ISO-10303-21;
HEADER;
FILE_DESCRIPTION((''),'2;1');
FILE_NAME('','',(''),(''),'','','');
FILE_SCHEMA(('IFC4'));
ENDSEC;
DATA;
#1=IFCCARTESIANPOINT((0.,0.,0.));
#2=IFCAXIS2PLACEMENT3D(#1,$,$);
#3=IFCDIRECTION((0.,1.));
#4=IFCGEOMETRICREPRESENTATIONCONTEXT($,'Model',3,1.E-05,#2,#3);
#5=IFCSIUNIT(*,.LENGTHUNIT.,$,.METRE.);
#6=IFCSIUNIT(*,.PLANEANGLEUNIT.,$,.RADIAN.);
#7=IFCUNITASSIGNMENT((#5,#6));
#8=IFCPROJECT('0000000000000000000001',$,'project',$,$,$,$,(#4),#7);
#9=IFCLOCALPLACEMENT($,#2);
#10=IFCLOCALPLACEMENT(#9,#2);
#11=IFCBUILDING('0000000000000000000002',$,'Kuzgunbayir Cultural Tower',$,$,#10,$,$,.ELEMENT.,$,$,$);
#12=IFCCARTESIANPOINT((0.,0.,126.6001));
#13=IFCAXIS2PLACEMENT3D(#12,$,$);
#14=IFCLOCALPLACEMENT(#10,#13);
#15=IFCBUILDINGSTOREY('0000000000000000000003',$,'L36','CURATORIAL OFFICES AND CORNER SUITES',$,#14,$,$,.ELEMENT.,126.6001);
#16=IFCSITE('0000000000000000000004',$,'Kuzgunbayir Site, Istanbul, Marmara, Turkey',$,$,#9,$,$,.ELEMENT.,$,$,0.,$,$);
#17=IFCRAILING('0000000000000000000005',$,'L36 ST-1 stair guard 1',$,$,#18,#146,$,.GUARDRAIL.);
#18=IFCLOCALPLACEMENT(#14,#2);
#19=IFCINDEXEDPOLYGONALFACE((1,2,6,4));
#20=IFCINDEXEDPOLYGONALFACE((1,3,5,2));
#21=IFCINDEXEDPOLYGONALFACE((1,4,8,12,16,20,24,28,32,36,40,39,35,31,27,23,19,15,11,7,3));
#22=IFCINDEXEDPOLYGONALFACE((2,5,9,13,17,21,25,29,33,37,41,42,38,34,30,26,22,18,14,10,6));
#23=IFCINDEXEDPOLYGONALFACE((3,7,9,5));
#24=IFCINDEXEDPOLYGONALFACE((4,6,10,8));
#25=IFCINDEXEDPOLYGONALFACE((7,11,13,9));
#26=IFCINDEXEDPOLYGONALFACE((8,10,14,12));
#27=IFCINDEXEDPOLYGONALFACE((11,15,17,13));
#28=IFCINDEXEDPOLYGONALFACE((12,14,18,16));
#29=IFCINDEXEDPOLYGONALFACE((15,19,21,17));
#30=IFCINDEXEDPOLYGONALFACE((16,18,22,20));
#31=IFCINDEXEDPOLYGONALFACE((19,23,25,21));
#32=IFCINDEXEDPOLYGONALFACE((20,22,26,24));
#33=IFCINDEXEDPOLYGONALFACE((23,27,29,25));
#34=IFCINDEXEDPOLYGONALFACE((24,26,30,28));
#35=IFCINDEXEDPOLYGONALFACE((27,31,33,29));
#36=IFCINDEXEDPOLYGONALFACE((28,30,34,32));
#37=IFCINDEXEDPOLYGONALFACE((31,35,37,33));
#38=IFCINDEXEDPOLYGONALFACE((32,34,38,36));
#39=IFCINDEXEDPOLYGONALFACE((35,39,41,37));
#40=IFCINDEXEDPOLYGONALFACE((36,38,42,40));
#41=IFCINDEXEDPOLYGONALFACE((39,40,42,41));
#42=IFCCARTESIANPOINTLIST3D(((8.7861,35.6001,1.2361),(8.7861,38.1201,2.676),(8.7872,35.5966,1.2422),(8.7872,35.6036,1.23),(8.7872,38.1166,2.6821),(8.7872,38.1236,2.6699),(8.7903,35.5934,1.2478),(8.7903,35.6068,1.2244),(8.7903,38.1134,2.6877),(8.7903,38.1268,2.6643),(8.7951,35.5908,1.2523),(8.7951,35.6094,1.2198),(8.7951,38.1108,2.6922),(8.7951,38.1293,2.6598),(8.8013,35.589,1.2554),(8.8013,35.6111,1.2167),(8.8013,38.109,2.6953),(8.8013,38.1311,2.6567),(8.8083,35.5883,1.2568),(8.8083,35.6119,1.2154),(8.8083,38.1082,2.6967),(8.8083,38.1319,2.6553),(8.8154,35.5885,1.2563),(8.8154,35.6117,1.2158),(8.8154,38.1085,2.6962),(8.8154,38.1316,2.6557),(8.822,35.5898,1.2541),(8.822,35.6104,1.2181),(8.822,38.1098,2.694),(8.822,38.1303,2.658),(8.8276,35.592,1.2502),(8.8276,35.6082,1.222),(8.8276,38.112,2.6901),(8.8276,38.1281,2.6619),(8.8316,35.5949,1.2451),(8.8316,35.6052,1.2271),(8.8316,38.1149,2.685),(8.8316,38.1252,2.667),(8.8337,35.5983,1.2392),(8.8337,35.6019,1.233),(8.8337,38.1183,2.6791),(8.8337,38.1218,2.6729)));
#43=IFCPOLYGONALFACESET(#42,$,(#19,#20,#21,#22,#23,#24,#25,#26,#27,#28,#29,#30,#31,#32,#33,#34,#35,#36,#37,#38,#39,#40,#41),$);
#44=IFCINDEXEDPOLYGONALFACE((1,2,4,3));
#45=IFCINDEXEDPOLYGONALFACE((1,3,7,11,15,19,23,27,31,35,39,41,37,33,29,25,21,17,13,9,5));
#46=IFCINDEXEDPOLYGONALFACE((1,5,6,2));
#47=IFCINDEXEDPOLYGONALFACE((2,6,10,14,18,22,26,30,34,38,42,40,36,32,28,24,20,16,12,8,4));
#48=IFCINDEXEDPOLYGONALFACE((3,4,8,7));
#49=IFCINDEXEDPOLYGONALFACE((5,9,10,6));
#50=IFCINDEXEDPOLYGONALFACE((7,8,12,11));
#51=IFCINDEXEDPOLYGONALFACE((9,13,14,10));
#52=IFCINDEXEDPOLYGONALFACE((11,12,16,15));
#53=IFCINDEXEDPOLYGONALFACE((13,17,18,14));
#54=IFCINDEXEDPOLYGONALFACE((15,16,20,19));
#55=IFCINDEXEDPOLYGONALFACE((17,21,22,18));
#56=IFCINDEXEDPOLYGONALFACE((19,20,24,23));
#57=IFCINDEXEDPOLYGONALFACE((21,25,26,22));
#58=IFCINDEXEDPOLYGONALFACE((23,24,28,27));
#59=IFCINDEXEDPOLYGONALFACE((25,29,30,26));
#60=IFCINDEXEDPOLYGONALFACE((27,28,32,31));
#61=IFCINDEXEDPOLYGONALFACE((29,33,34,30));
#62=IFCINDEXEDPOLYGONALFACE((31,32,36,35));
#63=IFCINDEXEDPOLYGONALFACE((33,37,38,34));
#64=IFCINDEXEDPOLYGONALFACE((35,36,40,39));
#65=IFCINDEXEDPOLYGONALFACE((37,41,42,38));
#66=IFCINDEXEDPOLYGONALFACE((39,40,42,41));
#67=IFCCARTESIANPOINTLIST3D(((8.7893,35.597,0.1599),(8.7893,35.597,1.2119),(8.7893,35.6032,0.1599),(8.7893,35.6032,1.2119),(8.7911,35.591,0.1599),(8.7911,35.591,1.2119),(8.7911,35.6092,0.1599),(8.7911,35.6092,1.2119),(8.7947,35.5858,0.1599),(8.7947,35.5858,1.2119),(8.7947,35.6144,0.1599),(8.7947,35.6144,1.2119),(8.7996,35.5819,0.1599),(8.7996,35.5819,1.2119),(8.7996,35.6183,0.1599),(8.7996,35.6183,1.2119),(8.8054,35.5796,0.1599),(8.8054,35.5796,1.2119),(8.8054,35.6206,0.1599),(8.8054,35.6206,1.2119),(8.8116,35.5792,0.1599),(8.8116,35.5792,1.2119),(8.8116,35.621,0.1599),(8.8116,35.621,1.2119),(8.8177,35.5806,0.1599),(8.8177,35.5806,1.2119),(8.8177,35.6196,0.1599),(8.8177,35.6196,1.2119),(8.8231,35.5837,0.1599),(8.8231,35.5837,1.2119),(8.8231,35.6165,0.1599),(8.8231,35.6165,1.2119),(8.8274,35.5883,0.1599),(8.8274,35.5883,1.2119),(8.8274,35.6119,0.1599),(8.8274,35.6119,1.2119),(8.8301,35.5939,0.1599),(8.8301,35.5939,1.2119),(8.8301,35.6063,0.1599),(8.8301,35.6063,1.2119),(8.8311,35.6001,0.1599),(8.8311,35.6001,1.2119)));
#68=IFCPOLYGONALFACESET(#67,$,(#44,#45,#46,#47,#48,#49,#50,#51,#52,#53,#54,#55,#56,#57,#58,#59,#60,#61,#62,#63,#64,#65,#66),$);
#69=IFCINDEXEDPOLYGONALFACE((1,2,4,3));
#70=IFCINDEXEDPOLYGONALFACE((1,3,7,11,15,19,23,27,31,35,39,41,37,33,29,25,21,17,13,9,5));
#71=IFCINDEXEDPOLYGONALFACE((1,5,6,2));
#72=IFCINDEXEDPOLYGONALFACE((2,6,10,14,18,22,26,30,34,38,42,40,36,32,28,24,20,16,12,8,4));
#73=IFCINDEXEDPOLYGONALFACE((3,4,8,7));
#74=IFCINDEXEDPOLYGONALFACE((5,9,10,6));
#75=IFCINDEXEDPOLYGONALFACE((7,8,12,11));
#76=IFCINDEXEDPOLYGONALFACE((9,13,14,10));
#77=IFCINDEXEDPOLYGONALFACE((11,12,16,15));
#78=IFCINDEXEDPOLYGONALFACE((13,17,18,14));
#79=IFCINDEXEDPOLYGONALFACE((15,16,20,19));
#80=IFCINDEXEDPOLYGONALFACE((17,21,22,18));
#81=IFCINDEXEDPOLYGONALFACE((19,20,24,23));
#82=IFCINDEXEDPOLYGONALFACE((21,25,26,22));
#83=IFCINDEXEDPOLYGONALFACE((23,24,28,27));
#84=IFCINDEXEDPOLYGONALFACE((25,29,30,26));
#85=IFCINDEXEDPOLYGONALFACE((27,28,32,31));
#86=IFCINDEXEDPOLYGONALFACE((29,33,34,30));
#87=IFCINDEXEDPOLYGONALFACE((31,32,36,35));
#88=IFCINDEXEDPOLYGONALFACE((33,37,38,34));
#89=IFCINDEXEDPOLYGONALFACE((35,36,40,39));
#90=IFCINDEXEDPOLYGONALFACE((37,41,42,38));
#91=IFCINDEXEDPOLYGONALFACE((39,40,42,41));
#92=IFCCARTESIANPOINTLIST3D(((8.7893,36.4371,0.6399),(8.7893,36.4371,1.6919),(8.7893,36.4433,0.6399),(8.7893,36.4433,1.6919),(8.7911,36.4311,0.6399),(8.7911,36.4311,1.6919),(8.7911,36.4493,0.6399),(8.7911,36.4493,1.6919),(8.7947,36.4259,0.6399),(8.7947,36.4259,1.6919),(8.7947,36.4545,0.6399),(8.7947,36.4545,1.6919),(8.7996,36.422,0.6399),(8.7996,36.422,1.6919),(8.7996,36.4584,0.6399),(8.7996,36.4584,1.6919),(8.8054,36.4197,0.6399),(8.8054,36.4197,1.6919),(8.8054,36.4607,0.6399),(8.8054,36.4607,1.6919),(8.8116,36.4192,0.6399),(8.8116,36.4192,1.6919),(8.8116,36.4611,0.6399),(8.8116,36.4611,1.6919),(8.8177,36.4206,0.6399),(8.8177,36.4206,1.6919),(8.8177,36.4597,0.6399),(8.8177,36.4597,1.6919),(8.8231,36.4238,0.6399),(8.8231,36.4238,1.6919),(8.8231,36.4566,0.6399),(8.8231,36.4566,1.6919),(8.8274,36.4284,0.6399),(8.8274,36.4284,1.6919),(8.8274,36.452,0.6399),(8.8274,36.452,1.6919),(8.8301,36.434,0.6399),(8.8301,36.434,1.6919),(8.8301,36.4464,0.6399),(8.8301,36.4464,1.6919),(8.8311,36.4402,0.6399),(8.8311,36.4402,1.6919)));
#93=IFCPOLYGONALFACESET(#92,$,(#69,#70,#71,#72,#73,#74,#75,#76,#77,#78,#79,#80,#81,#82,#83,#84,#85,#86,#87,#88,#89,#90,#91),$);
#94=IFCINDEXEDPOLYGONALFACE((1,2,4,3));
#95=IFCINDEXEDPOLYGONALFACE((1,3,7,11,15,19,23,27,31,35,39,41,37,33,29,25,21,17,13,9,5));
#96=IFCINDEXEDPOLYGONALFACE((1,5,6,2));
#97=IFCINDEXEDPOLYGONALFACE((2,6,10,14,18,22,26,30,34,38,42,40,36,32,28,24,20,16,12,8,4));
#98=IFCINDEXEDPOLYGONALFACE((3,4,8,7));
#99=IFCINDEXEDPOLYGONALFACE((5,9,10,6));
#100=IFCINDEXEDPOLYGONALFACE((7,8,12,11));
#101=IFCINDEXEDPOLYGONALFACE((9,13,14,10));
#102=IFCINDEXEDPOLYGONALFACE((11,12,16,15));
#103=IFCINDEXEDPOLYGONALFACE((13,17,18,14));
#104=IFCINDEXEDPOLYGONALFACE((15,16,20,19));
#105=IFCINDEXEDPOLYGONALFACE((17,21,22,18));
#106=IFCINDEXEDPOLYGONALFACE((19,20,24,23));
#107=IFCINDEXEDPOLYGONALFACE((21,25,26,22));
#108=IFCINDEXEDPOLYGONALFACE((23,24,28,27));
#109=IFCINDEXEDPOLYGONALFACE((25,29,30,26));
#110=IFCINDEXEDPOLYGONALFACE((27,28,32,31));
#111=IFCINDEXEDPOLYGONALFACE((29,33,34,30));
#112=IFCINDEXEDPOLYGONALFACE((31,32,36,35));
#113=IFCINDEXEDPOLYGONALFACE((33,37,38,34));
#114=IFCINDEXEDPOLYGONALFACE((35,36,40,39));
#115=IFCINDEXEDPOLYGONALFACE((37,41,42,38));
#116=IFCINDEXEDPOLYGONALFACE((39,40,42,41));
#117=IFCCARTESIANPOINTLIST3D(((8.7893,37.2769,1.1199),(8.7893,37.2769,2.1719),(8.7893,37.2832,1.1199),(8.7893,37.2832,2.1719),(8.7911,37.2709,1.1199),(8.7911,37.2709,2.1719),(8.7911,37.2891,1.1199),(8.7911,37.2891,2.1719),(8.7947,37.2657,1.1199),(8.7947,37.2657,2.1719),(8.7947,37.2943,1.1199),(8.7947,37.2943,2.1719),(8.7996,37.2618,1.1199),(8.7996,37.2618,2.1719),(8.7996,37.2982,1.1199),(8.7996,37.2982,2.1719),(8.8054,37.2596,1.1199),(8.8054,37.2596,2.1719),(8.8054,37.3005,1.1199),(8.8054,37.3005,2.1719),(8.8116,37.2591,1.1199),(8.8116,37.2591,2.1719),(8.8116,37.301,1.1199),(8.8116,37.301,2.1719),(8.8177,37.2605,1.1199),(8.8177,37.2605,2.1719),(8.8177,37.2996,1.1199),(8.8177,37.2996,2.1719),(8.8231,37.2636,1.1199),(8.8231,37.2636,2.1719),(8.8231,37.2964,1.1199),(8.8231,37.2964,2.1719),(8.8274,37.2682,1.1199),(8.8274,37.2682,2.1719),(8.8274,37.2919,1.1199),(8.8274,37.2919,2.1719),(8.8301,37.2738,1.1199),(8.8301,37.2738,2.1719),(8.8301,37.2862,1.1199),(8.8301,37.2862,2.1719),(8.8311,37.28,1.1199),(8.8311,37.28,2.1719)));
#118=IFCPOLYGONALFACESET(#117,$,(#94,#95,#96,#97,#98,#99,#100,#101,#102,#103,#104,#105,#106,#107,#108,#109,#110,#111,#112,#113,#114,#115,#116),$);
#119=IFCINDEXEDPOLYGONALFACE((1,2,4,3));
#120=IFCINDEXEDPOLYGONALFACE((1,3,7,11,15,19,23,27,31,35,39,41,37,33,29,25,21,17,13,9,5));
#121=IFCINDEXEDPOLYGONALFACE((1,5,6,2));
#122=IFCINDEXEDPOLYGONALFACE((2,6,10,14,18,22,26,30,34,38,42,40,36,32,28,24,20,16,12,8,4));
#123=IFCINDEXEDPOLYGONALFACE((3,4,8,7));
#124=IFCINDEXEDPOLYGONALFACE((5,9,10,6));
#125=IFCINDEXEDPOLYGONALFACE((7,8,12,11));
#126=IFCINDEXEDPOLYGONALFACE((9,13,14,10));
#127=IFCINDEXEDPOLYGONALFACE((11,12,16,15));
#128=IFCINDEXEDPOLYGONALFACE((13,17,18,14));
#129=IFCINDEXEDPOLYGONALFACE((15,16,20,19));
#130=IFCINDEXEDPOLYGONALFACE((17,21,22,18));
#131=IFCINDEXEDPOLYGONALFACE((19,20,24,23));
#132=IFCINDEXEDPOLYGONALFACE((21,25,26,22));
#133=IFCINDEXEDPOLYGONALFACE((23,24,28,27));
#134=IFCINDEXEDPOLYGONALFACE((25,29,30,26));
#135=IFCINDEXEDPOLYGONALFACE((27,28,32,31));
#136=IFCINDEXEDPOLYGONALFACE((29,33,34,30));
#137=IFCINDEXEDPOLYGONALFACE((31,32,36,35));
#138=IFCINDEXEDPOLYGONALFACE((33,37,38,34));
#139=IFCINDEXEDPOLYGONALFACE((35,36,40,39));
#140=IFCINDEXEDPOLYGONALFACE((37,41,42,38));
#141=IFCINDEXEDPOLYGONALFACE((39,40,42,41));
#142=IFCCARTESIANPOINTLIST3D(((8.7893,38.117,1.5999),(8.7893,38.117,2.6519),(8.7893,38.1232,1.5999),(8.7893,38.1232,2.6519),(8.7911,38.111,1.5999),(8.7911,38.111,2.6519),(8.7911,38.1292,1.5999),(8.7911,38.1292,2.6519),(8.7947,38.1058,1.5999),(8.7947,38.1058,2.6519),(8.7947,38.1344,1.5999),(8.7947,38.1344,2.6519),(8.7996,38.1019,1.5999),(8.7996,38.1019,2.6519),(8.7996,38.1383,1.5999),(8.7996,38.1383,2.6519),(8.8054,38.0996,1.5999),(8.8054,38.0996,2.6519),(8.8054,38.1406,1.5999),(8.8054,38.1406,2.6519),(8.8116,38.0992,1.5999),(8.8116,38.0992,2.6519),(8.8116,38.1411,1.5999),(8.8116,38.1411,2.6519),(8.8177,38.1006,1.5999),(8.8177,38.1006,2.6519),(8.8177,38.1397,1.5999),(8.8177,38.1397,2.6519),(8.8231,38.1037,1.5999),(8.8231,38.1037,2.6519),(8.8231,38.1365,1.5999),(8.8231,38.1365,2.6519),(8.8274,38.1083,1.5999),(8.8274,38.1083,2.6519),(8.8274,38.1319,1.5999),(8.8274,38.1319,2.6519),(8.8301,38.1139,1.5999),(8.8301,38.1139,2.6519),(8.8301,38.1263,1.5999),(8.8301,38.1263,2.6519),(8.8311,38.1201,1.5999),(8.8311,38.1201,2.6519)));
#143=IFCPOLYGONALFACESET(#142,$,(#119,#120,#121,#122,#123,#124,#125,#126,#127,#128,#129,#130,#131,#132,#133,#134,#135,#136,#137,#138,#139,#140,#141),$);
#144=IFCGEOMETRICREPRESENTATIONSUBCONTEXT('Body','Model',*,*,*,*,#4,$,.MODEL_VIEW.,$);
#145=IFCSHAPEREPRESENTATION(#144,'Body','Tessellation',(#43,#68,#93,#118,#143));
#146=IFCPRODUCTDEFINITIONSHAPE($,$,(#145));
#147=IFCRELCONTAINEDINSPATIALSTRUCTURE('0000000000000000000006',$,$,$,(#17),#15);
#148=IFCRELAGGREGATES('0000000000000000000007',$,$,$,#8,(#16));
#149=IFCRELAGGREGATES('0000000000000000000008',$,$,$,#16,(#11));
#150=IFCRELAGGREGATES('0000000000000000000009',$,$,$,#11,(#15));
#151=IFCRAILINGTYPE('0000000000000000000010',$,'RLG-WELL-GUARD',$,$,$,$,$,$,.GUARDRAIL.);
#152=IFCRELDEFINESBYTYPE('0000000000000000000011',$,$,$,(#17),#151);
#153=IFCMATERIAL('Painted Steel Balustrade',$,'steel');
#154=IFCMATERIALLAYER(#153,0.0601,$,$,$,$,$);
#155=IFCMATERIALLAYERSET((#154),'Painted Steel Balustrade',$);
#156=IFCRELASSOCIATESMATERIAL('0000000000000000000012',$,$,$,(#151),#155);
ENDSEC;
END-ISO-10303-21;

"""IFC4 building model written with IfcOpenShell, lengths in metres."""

from ifc_helpers import new_model, si_unit, direction, frame, origin, origin_2d, place, context, subcontext, project, spatial, circle, extrude, material, layer, layer_set, type_object, element, save


model = new_model("IFC4")

# Units and contexts
model_context = context("Model", 3, precision=1e-05, world=origin(), true_north=direction((0.0, 1.0)))
body_context = subcontext(model_context, "Body", "Model", "MODEL_VIEW")
ifc_project = project(units=[si_unit("LENGTHUNIT", "METRE"), si_unit("PLANEANGLEUNIT", "RADIAN")], contexts=[model_context])

# Site, building, storey
site_placement = place(None, origin())
site = spatial("IfcSite", under=ifc_project, at=site_placement, Name="Kuzgunbayir Site, Istanbul, Marmara, Turkey", CompositionType="ELEMENT", RefElevation=0.0)
building_placement = place(site_placement, origin())
building = spatial("IfcBuilding", under=site, at=building_placement, Name="Kuzgunbayir Cultural Tower", CompositionType="ELEMENT")
storey_placement = place(building_placement, frame((0.0, 0.0, 126.6001)))
storey = spatial("IfcBuildingStorey", under=building, at=storey_placement, Name="L36", Description="CURATORIAL OFFICES AND CORNER SUITES", CompositionType="ELEMENT", Elevation=126.6001)

# Railing
ifc_material_1 = material(Name="Painted Steel Balustrade", Category="steel")
ifc_layer_1 = layer(ifc_material_1, 0.0601)
ifc_layer_set_1 = layer_set([ifc_layer_1], Name="Painted Steel Balustrade")
railing_type_1 = type_object("IfcRailingType", Name="RLG-WELL-GUARD", PredefinedType="GUARDRAIL", material=ifc_layer_set_1)
railing_1_placement = place(storey_placement, frame((8.8101, 35.6001, 0.1599)))
element("IfcRailing", 1, at=railing_1_placement, inside=storey, type_object=railing_type_1, Name="L36 ST-1 stair guard 1", PredefinedType="GUARDRAIL", context=body_context, shape_type="SweptSolid", body=[
    extrude(circle(Radius=0.0239, at=origin_2d()), frame((0.0, 0.0, 1.0762), z_axis=(0.0, 0.868253, 0.496121), x_axis=(-1.0, 0.0, 0.0)), (0.0, 0.0, 1.0), 2.9023),
    extrude(circle(Radius=0.021, at=origin_2d()), origin(), (0.0, 0.0, 1.0), 1.052),
    extrude(circle(Radius=0.021, at=origin_2d()), frame((0.0, 0.8401, 0.48)), (0.0, 0.0, 1.0), 1.052),
    extrude(circle(Radius=0.021, at=origin_2d()), frame((0.0, 1.6799, 0.96)), (0.0, 0.0, 1.0), 1.052),
    extrude(circle(Radius=0.021, at=origin_2d()), frame((0.0, 2.52, 1.4399)), (0.0, 0.0, 1.0), 1.052),
])

save(model, "model.ifc")
